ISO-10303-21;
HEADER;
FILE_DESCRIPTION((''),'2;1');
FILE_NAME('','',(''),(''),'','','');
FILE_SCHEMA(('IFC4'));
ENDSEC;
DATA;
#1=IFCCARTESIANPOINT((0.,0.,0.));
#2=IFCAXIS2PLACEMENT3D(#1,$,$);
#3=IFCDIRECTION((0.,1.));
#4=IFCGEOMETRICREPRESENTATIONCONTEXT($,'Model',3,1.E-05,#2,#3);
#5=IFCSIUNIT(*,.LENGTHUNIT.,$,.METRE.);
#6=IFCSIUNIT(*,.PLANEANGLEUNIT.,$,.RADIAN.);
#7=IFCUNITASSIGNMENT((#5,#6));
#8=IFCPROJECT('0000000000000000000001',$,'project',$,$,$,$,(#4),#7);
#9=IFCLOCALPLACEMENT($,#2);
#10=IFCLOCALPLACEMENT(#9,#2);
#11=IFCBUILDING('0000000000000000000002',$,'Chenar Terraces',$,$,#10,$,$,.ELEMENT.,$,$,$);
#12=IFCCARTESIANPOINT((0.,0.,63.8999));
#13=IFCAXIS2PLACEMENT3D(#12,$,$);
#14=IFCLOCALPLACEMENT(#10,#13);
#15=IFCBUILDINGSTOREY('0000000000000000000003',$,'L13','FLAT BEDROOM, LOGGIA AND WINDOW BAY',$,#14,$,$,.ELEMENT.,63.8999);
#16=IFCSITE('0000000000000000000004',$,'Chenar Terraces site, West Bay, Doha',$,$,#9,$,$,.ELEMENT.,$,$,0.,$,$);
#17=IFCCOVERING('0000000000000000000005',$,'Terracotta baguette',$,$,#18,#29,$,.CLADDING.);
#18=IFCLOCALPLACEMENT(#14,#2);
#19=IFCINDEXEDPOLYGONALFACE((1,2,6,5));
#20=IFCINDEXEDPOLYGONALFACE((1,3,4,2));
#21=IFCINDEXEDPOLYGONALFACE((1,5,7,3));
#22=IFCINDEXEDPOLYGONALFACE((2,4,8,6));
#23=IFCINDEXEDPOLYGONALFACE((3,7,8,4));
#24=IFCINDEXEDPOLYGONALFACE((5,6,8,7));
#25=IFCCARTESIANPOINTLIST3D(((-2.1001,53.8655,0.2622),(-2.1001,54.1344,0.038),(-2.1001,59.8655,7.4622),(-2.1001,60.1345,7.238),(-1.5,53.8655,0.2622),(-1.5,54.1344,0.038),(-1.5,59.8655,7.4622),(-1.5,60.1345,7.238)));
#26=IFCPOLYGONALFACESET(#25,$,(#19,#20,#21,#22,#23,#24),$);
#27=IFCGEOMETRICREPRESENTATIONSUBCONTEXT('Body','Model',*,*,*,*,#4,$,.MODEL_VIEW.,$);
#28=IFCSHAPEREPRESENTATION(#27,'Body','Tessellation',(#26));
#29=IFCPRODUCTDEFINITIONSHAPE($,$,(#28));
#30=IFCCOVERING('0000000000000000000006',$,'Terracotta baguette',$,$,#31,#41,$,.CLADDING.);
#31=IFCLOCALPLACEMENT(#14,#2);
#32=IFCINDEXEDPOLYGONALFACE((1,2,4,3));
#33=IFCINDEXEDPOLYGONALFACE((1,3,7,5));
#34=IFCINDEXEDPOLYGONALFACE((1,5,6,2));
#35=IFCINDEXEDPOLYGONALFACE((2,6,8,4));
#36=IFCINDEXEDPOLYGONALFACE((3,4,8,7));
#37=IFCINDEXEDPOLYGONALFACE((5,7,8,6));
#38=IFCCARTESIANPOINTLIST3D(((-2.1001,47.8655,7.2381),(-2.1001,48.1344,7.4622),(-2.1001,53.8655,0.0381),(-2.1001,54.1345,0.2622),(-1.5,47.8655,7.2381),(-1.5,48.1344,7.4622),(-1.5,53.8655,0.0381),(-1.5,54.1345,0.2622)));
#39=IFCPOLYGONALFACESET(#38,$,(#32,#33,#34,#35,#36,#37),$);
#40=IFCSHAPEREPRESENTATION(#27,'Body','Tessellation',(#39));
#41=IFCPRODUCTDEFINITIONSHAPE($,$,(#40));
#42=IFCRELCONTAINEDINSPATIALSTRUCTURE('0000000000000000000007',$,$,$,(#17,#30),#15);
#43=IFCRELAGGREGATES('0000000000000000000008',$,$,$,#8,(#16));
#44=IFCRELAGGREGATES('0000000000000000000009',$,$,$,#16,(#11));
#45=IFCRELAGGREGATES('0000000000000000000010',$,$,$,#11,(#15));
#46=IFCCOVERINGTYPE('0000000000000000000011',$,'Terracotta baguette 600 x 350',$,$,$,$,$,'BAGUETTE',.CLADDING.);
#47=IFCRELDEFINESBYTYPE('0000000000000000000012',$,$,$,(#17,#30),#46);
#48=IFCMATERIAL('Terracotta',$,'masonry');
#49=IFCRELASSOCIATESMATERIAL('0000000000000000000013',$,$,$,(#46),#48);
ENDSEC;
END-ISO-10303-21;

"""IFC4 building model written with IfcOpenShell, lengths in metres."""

from ifc_helpers import new_model, si_unit, direction, frame, origin, origin_2d, place, context, subcontext, project, spatial, rectangle, extrude, material, material_profile, profile_set, type_object, element, save


model = new_model("IFC4")

# Units and contexts
model_context = context("Model", 3, precision=1e-05, world=origin(), true_north=direction((0.0, 1.0)))
body_context = subcontext(model_context, "Body", "Model", "MODEL_VIEW")
ifc_project = project(units=[si_unit("LENGTHUNIT", "METRE"), si_unit("PLANEANGLEUNIT", "RADIAN")], contexts=[model_context])

# Site, building, storey
site_placement = place(None, origin())
site = spatial("IfcSite", under=ifc_project, at=site_placement, Name="Chenar Terraces site, West Bay, Doha", CompositionType="ELEMENT", RefElevation=0.0)
building_placement = place(site_placement, origin())
building = spatial("IfcBuilding", under=site, at=building_placement, Name="Chenar Terraces", CompositionType="ELEMENT")
storey_placement = place(building_placement, frame((0.0, 0.0, 63.8999)))
storey = spatial("IfcBuildingStorey", under=building, at=storey_placement, Name="L13", Description="FLAT BEDROOM, LOGGIA AND WINDOW BAY", CompositionType="ELEMENT", Elevation=63.8999)

# Coverings
ifc_material_1 = material(Name="Terracotta", Category="masonry")
ifc_material_profile_1 = material_profile(ifc_material_1, rectangle(XDim=0.6001, YDim=0.3501, at=origin_2d()), Name="Terracotta baguette 600 x 350")
ifc_profile_set_1 = profile_set([ifc_material_profile_1], Name="Terracotta")
covering_type = type_object("IfcCoveringType", Name="Terracotta baguette 600 x 350", ElementType="BAGUETTE", PredefinedType="CLADDING", material=ifc_profile_set_1)
for number, where, z_axis, x_axis, name in (
    (1, (-1.8, 60.0, 7.3501), (0.0, -0.640187, -0.768219), (1.0, 0.0, 0.0), "Terracotta baguette"),
    (2, (-1.8, 54.0, 0.1501), (0.0, -0.640187, 0.768219), (1.0, 0.0, 0.0), "Terracotta baguette"),
):
    element("IfcCovering", number, at=place(storey_placement, frame(where, z_axis=z_axis, x_axis=x_axis)), inside=storey, type_object=covering_type, Name=name, PredefinedType="CLADDING", context=body_context, shape_type="SweptSolid", body=[
        extrude(rectangle(XDim=0.6001, YDim=0.3501, at=origin_2d()), origin(), (0.0, 0.0, 1.0), 9.3723),
    ])

save(model, "model.ifc")
